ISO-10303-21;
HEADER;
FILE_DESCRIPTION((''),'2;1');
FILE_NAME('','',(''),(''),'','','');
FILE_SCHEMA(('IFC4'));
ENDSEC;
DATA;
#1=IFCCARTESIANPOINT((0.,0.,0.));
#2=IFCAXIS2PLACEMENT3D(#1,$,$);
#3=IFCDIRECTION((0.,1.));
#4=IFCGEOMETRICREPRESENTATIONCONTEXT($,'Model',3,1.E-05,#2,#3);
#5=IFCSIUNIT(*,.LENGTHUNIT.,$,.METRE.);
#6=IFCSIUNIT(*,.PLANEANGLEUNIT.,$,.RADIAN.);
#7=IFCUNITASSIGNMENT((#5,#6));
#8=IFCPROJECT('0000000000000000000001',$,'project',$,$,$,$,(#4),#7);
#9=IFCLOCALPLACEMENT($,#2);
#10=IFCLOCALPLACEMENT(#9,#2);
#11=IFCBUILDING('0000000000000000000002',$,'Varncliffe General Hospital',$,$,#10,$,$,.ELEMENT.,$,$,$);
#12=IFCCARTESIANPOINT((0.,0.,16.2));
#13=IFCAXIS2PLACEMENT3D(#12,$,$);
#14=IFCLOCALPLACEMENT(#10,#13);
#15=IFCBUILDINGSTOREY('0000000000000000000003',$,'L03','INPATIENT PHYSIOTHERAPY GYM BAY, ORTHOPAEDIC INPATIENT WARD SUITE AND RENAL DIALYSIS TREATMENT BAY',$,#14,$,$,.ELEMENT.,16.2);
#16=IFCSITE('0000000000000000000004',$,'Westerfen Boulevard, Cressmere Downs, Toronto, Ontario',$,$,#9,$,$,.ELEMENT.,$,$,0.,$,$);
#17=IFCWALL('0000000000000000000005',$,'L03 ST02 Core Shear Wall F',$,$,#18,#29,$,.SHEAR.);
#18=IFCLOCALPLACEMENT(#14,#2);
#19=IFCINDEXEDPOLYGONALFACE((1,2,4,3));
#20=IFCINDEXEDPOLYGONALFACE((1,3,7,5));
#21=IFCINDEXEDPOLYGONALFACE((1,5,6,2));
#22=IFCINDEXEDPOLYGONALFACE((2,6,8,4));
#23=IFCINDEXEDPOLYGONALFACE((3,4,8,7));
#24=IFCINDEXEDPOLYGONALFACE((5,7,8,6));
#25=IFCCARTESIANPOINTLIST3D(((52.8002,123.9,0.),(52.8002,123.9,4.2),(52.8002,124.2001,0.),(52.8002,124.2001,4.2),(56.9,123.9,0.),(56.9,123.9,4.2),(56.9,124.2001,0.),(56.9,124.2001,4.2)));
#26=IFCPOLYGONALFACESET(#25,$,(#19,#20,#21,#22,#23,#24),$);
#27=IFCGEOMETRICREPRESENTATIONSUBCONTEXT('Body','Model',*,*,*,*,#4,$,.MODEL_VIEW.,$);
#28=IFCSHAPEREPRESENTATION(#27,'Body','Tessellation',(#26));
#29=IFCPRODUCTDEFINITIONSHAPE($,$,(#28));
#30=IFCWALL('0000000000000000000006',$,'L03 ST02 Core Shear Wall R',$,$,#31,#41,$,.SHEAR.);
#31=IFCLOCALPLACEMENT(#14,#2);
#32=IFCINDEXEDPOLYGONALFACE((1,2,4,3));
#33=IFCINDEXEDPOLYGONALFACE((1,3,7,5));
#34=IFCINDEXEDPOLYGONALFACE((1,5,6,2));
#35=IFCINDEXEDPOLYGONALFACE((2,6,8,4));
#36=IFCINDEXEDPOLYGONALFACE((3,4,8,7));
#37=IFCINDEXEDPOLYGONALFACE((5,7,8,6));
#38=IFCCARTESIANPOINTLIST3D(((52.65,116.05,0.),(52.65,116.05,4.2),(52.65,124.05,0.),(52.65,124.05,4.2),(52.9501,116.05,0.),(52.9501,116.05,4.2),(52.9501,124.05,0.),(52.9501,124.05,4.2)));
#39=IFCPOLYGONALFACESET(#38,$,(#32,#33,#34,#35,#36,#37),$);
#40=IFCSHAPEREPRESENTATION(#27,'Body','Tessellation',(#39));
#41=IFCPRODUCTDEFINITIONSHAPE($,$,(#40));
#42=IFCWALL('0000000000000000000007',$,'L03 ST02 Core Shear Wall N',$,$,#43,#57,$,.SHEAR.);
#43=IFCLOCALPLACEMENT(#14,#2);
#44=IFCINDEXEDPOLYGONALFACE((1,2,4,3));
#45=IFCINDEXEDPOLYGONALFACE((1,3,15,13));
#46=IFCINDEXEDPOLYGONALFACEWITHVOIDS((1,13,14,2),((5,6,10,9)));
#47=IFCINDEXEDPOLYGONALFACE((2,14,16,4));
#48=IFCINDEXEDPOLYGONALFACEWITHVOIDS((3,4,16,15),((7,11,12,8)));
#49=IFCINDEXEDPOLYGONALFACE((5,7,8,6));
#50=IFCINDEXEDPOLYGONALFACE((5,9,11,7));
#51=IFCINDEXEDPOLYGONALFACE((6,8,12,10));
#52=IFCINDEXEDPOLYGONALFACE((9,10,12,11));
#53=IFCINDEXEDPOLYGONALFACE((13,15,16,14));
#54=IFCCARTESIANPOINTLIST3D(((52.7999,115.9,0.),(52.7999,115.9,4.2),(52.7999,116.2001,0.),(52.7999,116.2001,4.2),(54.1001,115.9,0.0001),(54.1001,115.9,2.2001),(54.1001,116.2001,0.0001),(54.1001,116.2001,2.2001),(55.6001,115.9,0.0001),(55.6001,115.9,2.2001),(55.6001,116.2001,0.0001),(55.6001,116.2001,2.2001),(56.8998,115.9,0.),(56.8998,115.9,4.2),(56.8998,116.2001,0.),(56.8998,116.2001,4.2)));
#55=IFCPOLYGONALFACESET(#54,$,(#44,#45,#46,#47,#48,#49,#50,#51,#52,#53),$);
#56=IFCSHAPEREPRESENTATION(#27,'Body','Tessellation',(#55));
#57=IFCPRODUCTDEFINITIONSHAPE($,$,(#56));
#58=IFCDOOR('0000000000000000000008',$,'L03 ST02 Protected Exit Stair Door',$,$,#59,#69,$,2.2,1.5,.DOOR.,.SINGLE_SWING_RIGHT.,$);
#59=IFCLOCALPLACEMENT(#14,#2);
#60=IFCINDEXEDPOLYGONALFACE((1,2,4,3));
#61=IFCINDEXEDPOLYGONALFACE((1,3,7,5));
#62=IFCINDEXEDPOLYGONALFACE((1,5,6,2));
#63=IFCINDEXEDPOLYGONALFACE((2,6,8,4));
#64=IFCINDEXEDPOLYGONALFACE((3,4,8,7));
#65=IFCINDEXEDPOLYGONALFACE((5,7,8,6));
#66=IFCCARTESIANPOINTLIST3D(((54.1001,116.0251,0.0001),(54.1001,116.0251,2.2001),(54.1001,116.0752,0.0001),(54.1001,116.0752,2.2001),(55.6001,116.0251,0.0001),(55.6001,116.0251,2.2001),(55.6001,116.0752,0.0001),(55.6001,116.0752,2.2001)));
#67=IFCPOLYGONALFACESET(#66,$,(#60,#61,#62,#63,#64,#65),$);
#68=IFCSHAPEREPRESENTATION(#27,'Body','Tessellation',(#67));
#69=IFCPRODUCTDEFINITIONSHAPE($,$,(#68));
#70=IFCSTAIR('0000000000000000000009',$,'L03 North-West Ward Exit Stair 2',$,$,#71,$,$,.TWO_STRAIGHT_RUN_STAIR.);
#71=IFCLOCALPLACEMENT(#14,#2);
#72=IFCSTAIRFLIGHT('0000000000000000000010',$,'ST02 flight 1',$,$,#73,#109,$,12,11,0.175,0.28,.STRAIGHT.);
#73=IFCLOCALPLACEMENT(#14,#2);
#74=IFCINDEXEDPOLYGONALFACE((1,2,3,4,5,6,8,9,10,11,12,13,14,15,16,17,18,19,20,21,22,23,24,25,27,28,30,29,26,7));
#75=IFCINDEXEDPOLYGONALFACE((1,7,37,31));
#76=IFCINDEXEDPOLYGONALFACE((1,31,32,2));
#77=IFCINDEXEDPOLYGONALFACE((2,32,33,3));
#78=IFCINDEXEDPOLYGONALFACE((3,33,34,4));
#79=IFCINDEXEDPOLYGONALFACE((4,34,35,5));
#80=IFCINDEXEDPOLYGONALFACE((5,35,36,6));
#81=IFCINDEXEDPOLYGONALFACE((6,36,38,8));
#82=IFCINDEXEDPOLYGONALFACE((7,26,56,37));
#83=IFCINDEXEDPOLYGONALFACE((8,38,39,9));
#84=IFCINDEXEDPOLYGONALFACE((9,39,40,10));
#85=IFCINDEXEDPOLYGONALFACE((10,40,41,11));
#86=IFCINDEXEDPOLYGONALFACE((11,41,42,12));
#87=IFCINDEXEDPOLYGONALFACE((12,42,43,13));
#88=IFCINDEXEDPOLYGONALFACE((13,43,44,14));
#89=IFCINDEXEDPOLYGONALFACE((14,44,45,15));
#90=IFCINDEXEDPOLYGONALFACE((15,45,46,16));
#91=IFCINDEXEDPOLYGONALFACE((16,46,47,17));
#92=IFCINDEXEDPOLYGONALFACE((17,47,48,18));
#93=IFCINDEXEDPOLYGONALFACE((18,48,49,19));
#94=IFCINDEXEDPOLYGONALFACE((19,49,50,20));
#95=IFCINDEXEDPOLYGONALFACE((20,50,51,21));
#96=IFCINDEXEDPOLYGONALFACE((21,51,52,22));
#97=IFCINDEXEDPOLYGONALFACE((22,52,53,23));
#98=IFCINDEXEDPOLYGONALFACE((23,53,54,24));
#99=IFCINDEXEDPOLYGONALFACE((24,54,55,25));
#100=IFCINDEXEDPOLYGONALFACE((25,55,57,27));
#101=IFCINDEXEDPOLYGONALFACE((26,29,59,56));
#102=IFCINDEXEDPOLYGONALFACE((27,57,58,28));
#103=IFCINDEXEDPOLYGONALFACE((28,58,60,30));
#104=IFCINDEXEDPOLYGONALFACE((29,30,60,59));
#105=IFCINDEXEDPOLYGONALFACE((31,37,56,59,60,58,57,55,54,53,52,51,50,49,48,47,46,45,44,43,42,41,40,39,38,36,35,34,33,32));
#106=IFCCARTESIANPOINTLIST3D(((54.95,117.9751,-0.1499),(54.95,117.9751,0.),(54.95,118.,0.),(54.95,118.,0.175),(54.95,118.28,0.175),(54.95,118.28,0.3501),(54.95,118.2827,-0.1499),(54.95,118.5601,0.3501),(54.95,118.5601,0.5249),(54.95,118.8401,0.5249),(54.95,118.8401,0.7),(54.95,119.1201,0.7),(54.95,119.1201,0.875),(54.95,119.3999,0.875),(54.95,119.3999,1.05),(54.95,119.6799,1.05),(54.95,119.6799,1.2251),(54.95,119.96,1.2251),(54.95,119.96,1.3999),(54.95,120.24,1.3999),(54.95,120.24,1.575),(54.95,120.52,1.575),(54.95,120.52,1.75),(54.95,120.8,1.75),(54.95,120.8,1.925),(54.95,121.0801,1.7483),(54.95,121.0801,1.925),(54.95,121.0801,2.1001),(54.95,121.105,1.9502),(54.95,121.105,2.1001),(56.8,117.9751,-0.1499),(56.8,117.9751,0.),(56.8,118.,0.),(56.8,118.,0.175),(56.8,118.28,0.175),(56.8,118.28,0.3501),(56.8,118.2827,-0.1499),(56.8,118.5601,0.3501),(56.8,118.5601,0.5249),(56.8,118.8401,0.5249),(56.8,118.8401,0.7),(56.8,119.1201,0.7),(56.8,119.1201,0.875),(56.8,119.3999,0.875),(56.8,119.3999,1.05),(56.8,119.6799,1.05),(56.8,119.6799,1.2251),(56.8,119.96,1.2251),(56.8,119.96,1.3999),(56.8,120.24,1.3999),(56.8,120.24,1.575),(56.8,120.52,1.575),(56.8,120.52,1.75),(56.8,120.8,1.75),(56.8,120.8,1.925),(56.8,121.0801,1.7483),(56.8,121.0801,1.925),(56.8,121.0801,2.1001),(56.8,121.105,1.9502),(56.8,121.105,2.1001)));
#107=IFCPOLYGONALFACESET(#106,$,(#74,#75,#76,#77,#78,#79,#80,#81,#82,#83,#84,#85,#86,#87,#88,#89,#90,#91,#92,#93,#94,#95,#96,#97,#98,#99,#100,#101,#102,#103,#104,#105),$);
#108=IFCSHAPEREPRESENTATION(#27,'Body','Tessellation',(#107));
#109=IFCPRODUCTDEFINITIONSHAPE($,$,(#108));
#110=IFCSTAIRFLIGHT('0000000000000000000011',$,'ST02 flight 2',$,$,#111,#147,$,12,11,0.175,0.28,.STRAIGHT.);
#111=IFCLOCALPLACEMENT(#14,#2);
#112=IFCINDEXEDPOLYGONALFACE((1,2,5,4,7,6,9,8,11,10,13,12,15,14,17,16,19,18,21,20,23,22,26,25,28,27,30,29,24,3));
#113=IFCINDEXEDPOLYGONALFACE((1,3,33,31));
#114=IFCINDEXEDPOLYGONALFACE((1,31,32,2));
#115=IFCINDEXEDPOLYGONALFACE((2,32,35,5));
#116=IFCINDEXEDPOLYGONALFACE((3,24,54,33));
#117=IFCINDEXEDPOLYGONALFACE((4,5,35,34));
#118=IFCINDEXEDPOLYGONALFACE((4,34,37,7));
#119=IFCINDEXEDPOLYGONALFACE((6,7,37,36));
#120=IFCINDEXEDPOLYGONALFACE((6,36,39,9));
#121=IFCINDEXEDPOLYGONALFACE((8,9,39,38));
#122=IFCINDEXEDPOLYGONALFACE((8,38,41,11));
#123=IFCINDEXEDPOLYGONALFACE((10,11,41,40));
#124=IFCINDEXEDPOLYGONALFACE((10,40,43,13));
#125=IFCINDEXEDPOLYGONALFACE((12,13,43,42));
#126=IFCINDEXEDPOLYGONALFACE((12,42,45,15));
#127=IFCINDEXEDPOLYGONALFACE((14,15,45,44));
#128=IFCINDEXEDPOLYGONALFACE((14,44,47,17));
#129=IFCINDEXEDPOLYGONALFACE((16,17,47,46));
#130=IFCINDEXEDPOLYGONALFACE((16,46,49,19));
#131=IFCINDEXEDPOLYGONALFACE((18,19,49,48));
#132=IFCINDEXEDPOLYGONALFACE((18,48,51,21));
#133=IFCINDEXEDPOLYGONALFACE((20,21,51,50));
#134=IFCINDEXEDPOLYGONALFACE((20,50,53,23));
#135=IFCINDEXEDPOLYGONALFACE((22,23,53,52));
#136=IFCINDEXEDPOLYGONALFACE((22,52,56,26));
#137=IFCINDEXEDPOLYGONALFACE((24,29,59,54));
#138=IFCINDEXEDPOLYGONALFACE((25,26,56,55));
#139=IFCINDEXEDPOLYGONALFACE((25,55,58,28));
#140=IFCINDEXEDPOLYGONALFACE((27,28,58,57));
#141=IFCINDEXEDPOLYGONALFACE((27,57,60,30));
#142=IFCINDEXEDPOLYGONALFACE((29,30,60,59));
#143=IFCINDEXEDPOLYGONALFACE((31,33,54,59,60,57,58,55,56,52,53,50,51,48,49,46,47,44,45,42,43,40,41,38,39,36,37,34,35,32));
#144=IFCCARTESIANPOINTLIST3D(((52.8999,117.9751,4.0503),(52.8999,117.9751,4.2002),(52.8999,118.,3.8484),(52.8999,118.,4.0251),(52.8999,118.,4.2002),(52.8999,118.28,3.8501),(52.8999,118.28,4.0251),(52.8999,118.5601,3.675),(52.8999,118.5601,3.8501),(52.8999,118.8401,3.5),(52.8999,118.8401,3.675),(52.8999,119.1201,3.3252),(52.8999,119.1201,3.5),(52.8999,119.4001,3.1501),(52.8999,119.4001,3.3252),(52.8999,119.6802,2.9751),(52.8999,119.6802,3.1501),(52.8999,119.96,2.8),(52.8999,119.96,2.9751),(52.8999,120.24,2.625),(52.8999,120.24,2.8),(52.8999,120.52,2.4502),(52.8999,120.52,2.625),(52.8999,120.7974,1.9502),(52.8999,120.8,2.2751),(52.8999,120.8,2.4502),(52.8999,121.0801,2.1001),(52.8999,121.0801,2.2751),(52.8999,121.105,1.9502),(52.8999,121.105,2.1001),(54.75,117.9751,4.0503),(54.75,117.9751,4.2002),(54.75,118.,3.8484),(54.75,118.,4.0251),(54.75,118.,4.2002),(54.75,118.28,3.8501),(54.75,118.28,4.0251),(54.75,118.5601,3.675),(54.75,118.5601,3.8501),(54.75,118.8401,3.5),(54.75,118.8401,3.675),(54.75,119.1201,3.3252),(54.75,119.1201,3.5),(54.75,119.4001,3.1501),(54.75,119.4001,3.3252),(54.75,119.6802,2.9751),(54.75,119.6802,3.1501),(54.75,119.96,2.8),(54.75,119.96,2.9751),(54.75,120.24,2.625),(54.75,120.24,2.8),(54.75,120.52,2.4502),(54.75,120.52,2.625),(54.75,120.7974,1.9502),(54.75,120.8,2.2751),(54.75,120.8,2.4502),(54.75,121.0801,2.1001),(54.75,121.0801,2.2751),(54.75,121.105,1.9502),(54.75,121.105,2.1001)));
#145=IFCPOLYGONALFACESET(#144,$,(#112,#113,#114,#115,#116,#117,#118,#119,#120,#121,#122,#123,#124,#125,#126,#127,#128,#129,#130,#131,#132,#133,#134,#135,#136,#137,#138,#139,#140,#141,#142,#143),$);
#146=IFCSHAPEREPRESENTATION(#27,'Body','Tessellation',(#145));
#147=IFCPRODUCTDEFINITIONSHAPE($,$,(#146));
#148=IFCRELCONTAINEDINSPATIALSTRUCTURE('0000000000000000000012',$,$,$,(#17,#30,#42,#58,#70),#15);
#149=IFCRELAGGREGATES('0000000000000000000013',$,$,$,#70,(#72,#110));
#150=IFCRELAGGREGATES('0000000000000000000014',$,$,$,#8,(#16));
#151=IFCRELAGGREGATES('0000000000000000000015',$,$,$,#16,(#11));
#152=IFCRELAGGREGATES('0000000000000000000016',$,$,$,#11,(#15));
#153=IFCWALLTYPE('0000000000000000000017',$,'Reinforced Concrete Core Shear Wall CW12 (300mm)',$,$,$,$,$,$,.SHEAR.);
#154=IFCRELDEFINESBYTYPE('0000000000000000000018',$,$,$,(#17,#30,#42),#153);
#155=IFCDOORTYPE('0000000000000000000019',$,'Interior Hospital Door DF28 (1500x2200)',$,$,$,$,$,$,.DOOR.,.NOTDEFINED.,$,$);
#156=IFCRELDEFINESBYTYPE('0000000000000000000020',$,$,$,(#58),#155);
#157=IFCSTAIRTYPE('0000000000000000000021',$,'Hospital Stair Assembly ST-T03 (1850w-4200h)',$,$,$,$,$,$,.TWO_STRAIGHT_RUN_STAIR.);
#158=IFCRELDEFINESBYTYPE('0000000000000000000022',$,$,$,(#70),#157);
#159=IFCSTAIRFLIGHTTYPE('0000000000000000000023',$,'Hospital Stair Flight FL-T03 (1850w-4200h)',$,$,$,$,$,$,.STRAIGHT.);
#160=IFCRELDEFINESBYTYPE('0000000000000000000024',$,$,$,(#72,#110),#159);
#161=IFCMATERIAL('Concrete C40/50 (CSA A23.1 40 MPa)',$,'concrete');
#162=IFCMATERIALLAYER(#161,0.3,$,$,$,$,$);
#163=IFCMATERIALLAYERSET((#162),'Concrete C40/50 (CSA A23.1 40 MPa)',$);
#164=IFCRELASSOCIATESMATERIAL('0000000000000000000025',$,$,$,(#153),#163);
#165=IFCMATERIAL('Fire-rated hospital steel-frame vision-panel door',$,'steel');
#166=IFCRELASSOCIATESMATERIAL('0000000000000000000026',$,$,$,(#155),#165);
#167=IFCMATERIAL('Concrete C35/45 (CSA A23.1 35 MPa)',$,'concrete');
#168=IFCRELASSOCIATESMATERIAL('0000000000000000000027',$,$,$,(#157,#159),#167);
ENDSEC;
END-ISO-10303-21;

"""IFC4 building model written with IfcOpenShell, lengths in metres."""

from ifc_helpers import new_model, si_unit, direction, frame, frame_2d, origin, place, context, subcontext, project, spatial, polyline, rectangle, outline, extrude, material, layer, layer_set, type_object, element, fill, aggregate, save


model = new_model("IFC4")

# Units and contexts
model_context = context("Model", 3, precision=1e-05, world=origin(), true_north=direction((0.0, 1.0)))
body_context = subcontext(model_context, "Body", "Model", "MODEL_VIEW")
ifc_project = project(units=[si_unit("LENGTHUNIT", "METRE"), si_unit("PLANEANGLEUNIT", "RADIAN")], contexts=[model_context])

# Site, building, storey
site_placement = place(None, origin())
site = spatial("IfcSite", under=ifc_project, at=site_placement, Name="Westerfen Boulevard, Cressmere Downs, Toronto, Ontario", CompositionType="ELEMENT", RefElevation=0.0)
building_placement = place(site_placement, origin())
building = spatial("IfcBuilding", under=site, at=building_placement, Name="Varncliffe General Hospital", CompositionType="ELEMENT")
storey_placement = place(building_placement, frame((0.0, 0.0, 16.2)))
storey = spatial("IfcBuildingStorey", under=building, at=storey_placement, Name="L03", Description="INPATIENT PHYSIOTHERAPY GYM BAY, ORTHOPAEDIC INPATIENT WARD SUITE AND RENAL DIALYSIS TREATMENT BAY", CompositionType="ELEMENT", Elevation=16.2)

# Shared definitions
ifc_material_1 = material(Name="Concrete C40/50 (CSA A23.1 40 MPa)", Category="concrete")

# Shared definitions
ifc_material_2 = material(Name="Concrete C35/45 (CSA A23.1 35 MPa)", Category="concrete")

# Shared definitions
ifc_material_3 = material(Name="Fire-rated hospital steel-frame vision-panel door", Category="steel")

# Walls
ifc_layer_1 = layer(ifc_material_1, 0.3)
ifc_layer_set_1 = layer_set([ifc_layer_1], Name="Concrete C40/50 (CSA A23.1 40 MPa)")
wall_type_1 = type_object("IfcWallType", Name="Reinforced Concrete Core Shear Wall CW12 (300mm)", PredefinedType="SHEAR", material=ifc_layer_set_1)
wall_1_placement = place(storey_placement, frame((56.8999, 124.05, 0.0), z_axis=(0.0, 0.0, 1.0), x_axis=(-1.0, 0.0, 0.0)))
element("IfcWall", 1, at=wall_1_placement, inside=storey, type_object=wall_type_1, Name="L03 ST02 Core Shear Wall F", PredefinedType="SHEAR", context=body_context, shape_type="SweptSolid", body=[
    extrude(rectangle(XDim=4.0999, YDim=0.3, at=frame_2d((2.0498, 0.0))), origin(), (0.0, 0.0, 1.0), 4.2),
])
wall_2_placement = place(storey_placement, frame((52.8, 124.05, 0.0), z_axis=(0.0, 0.0, 1.0), x_axis=(0.0, -1.0, 0.0)))
element("IfcWall", 2, at=wall_2_placement, inside=storey, type_object=wall_type_1, Name="L03 ST02 Core Shear Wall R", PredefinedType="SHEAR", context=body_context, shape_type="SweptSolid", body=[
    extrude(rectangle(XDim=8.0, YDim=0.3, at=frame_2d((4.0, 0.0))), origin(), (0.0, 0.0, 1.0), 4.2),
])

# Wall, opening, door
wall_3_placement = place(storey_placement, frame((52.8, 116.05, 0.0), z_axis=(0.0, 0.0, 1.0), x_axis=(1.0, 0.0, 0.0)))
wall_3 = element("IfcWall", 3, at=wall_3_placement, inside=storey, type_object=wall_type_1, Name="L03 ST02 Core Shear Wall N", PredefinedType="SHEAR", context=body_context, shape_type="SweptSolid", body=[
    extrude(rectangle(XDim=4.0999, YDim=0.3, at=frame_2d((2.0498, 0.0))), origin(), (0.0, 0.0, 1.0), 4.2),
])
opening_1_placement = place(wall_3_placement, frame((1.3, 0.0, 0.0)))
opening_1 = element("IfcOpeningElement", 4, at=opening_1_placement, cuts=wall_3, PredefinedType="OPENING", context=body_context, shape_type="SweptSolid", body=[
    extrude(rectangle(XDim=1.5, YDim=2.2, at=frame_2d((0.75, 1.1001))), frame((0.0, 0.1602, 0.0), z_axis=(0.0, -1.0, 0.0), x_axis=(1.0, 0.0, 0.0)), (0.0, 0.0, 1.0), 0.3201),
])
door_type_1 = type_object("IfcDoorType", Name="Interior Hospital Door DF28 (1500x2200)", OperationType="NOTDEFINED", PredefinedType="DOOR", material=ifc_material_3)
door_1_placement = place(opening_1_placement, frame((1.5, 0.0, 0.0), z_axis=(0.0, 0.0, 1.0), x_axis=(-1.0, 0.0, 0.0)))
door_1 = element("IfcDoor", 5, at=door_1_placement, inside=storey, type_object=door_type_1, Name="L03 ST02 Protected Exit Stair Door", OperationType="SINGLE_SWING_RIGHT", OverallHeight=2.2, OverallWidth=1.5, PredefinedType="DOOR", context=body_context, shape_type="SweptSolid", body=[
    extrude(rectangle(XDim=1.5, YDim=2.2, at=frame_2d((0.75, 1.1001))), frame((0.0, 0.0249, 0.0), z_axis=(0.0, -1.0, 0.0), x_axis=(1.0, 0.0, 0.0)), (0.0, 0.0, 1.0), 0.05),
])
fill(opening_1, door_1)

# Stair, stair flights
stair_type = type_object("IfcStairType", Name="Hospital Stair Assembly ST-T03 (1850w-4200h)", PredefinedType="TWO_STRAIGHT_RUN_STAIR", material=ifc_material_2)
stair_placement = place(storey_placement, origin())
stair = element("IfcStair", 6, at=stair_placement, inside=storey, type_object=stair_type, Name="L03 North-West Ward Exit Stair 2", PredefinedType="TWO_STRAIGHT_RUN_STAIR")
stair_flight_type = type_object("IfcStairFlightType", Name="Hospital Stair Flight FL-T03 (1850w-4200h)", PredefinedType="STRAIGHT", material=ifc_material_2)
stair_flight_1_placement = place(storey_placement, frame((55.875, 118.0, 0.0), z_axis=(0.0, 0.0, 1.0), x_axis=(0.0, 1.0, 0.0)))
stair_flight_1 = element("IfcStairFlight", 7, at=stair_flight_1_placement, type_object=stair_flight_type, Name="ST02 flight 1", NumberOfRisers=12, NumberOfTreads=11, PredefinedType="STRAIGHT", RiserHeight=0.175, TreadLength=0.28, context=body_context, shape_type="SweptSolid", body=[
    extrude(outline(polyline([(-0.0249, -0.1499), (-0.0249, 0.0), (0.0, 0.0), (0.0, 0.175), (0.28, 0.175), (0.28, 0.3501), (0.5601, 0.3501), (0.5601, 0.5249), (0.8401, 0.5249), (0.8401, 0.7), (1.1201, 0.7), (1.1201, 0.875), (1.3999, 0.875), (1.3999, 1.05), (1.6799, 1.05), (1.6799, 1.2251), (1.96, 1.2251), (1.96, 1.3999), (2.24, 1.3999), (2.24, 1.575), (2.52, 1.575), (2.52, 1.75), (2.8, 1.75), (2.8, 1.925), (3.0801, 1.925), (3.0801, 2.1001), (3.105, 2.1001), (3.105, 1.9502), (3.0801, 1.7483), (0.2827, -0.1499), (-0.0249, -0.1499)])), frame((0.0, 0.925, 0.0), z_axis=(0.0, -1.0, 0.0), x_axis=(1.0, 0.0, 0.0)), (0.0, 0.0, 1.0), 1.8501),
])
stair_flight_2_placement = place(storey_placement, frame((53.825, 121.0801, 2.1001), z_axis=(0.0, 0.0, 1.0), x_axis=(0.0, -1.0, 0.0)))
stair_flight_2 = element("IfcStairFlight", 8, at=stair_flight_2_placement, type_object=stair_flight_type, Name="ST02 flight 2", NumberOfRisers=12, NumberOfTreads=11, PredefinedType="STRAIGHT", RiserHeight=0.175, TreadLength=0.28, context=body_context, shape_type="SweptSolid", body=[
    extrude(outline(polyline([(-0.0249, -0.1499), (-0.0249, 0.0), (0.0, 0.0), (0.0, 0.175), (0.28, 0.175), (0.28, 0.3501), (0.5601, 0.3501), (0.5601, 0.5249), (0.8401, 0.5249), (0.8401, 0.7), (1.1201, 0.7), (1.1201, 0.875), (1.3999, 0.875), (1.3999, 1.05), (1.6799, 1.05), (1.6799, 1.2251), (1.96, 1.2251), (1.96, 1.3999), (2.24, 1.3999), (2.24, 1.575), (2.52, 1.575), (2.52, 1.75), (2.8, 1.75), (2.8, 1.925), (3.0801, 1.925), (3.0801, 2.1001), (3.105, 2.1001), (3.105, 1.9502), (3.0801, 1.7483), (0.2827, -0.1499), (-0.0249, -0.1499)])), frame((0.0, 0.925, 0.0), z_axis=(0.0, -1.0, 0.0), x_axis=(1.0, 0.0, 0.0)), (0.0, 0.0, 1.0), 1.8501),
])
aggregate(stair, [stair_flight_1, stair_flight_2])

save(model, "model.ifc")
